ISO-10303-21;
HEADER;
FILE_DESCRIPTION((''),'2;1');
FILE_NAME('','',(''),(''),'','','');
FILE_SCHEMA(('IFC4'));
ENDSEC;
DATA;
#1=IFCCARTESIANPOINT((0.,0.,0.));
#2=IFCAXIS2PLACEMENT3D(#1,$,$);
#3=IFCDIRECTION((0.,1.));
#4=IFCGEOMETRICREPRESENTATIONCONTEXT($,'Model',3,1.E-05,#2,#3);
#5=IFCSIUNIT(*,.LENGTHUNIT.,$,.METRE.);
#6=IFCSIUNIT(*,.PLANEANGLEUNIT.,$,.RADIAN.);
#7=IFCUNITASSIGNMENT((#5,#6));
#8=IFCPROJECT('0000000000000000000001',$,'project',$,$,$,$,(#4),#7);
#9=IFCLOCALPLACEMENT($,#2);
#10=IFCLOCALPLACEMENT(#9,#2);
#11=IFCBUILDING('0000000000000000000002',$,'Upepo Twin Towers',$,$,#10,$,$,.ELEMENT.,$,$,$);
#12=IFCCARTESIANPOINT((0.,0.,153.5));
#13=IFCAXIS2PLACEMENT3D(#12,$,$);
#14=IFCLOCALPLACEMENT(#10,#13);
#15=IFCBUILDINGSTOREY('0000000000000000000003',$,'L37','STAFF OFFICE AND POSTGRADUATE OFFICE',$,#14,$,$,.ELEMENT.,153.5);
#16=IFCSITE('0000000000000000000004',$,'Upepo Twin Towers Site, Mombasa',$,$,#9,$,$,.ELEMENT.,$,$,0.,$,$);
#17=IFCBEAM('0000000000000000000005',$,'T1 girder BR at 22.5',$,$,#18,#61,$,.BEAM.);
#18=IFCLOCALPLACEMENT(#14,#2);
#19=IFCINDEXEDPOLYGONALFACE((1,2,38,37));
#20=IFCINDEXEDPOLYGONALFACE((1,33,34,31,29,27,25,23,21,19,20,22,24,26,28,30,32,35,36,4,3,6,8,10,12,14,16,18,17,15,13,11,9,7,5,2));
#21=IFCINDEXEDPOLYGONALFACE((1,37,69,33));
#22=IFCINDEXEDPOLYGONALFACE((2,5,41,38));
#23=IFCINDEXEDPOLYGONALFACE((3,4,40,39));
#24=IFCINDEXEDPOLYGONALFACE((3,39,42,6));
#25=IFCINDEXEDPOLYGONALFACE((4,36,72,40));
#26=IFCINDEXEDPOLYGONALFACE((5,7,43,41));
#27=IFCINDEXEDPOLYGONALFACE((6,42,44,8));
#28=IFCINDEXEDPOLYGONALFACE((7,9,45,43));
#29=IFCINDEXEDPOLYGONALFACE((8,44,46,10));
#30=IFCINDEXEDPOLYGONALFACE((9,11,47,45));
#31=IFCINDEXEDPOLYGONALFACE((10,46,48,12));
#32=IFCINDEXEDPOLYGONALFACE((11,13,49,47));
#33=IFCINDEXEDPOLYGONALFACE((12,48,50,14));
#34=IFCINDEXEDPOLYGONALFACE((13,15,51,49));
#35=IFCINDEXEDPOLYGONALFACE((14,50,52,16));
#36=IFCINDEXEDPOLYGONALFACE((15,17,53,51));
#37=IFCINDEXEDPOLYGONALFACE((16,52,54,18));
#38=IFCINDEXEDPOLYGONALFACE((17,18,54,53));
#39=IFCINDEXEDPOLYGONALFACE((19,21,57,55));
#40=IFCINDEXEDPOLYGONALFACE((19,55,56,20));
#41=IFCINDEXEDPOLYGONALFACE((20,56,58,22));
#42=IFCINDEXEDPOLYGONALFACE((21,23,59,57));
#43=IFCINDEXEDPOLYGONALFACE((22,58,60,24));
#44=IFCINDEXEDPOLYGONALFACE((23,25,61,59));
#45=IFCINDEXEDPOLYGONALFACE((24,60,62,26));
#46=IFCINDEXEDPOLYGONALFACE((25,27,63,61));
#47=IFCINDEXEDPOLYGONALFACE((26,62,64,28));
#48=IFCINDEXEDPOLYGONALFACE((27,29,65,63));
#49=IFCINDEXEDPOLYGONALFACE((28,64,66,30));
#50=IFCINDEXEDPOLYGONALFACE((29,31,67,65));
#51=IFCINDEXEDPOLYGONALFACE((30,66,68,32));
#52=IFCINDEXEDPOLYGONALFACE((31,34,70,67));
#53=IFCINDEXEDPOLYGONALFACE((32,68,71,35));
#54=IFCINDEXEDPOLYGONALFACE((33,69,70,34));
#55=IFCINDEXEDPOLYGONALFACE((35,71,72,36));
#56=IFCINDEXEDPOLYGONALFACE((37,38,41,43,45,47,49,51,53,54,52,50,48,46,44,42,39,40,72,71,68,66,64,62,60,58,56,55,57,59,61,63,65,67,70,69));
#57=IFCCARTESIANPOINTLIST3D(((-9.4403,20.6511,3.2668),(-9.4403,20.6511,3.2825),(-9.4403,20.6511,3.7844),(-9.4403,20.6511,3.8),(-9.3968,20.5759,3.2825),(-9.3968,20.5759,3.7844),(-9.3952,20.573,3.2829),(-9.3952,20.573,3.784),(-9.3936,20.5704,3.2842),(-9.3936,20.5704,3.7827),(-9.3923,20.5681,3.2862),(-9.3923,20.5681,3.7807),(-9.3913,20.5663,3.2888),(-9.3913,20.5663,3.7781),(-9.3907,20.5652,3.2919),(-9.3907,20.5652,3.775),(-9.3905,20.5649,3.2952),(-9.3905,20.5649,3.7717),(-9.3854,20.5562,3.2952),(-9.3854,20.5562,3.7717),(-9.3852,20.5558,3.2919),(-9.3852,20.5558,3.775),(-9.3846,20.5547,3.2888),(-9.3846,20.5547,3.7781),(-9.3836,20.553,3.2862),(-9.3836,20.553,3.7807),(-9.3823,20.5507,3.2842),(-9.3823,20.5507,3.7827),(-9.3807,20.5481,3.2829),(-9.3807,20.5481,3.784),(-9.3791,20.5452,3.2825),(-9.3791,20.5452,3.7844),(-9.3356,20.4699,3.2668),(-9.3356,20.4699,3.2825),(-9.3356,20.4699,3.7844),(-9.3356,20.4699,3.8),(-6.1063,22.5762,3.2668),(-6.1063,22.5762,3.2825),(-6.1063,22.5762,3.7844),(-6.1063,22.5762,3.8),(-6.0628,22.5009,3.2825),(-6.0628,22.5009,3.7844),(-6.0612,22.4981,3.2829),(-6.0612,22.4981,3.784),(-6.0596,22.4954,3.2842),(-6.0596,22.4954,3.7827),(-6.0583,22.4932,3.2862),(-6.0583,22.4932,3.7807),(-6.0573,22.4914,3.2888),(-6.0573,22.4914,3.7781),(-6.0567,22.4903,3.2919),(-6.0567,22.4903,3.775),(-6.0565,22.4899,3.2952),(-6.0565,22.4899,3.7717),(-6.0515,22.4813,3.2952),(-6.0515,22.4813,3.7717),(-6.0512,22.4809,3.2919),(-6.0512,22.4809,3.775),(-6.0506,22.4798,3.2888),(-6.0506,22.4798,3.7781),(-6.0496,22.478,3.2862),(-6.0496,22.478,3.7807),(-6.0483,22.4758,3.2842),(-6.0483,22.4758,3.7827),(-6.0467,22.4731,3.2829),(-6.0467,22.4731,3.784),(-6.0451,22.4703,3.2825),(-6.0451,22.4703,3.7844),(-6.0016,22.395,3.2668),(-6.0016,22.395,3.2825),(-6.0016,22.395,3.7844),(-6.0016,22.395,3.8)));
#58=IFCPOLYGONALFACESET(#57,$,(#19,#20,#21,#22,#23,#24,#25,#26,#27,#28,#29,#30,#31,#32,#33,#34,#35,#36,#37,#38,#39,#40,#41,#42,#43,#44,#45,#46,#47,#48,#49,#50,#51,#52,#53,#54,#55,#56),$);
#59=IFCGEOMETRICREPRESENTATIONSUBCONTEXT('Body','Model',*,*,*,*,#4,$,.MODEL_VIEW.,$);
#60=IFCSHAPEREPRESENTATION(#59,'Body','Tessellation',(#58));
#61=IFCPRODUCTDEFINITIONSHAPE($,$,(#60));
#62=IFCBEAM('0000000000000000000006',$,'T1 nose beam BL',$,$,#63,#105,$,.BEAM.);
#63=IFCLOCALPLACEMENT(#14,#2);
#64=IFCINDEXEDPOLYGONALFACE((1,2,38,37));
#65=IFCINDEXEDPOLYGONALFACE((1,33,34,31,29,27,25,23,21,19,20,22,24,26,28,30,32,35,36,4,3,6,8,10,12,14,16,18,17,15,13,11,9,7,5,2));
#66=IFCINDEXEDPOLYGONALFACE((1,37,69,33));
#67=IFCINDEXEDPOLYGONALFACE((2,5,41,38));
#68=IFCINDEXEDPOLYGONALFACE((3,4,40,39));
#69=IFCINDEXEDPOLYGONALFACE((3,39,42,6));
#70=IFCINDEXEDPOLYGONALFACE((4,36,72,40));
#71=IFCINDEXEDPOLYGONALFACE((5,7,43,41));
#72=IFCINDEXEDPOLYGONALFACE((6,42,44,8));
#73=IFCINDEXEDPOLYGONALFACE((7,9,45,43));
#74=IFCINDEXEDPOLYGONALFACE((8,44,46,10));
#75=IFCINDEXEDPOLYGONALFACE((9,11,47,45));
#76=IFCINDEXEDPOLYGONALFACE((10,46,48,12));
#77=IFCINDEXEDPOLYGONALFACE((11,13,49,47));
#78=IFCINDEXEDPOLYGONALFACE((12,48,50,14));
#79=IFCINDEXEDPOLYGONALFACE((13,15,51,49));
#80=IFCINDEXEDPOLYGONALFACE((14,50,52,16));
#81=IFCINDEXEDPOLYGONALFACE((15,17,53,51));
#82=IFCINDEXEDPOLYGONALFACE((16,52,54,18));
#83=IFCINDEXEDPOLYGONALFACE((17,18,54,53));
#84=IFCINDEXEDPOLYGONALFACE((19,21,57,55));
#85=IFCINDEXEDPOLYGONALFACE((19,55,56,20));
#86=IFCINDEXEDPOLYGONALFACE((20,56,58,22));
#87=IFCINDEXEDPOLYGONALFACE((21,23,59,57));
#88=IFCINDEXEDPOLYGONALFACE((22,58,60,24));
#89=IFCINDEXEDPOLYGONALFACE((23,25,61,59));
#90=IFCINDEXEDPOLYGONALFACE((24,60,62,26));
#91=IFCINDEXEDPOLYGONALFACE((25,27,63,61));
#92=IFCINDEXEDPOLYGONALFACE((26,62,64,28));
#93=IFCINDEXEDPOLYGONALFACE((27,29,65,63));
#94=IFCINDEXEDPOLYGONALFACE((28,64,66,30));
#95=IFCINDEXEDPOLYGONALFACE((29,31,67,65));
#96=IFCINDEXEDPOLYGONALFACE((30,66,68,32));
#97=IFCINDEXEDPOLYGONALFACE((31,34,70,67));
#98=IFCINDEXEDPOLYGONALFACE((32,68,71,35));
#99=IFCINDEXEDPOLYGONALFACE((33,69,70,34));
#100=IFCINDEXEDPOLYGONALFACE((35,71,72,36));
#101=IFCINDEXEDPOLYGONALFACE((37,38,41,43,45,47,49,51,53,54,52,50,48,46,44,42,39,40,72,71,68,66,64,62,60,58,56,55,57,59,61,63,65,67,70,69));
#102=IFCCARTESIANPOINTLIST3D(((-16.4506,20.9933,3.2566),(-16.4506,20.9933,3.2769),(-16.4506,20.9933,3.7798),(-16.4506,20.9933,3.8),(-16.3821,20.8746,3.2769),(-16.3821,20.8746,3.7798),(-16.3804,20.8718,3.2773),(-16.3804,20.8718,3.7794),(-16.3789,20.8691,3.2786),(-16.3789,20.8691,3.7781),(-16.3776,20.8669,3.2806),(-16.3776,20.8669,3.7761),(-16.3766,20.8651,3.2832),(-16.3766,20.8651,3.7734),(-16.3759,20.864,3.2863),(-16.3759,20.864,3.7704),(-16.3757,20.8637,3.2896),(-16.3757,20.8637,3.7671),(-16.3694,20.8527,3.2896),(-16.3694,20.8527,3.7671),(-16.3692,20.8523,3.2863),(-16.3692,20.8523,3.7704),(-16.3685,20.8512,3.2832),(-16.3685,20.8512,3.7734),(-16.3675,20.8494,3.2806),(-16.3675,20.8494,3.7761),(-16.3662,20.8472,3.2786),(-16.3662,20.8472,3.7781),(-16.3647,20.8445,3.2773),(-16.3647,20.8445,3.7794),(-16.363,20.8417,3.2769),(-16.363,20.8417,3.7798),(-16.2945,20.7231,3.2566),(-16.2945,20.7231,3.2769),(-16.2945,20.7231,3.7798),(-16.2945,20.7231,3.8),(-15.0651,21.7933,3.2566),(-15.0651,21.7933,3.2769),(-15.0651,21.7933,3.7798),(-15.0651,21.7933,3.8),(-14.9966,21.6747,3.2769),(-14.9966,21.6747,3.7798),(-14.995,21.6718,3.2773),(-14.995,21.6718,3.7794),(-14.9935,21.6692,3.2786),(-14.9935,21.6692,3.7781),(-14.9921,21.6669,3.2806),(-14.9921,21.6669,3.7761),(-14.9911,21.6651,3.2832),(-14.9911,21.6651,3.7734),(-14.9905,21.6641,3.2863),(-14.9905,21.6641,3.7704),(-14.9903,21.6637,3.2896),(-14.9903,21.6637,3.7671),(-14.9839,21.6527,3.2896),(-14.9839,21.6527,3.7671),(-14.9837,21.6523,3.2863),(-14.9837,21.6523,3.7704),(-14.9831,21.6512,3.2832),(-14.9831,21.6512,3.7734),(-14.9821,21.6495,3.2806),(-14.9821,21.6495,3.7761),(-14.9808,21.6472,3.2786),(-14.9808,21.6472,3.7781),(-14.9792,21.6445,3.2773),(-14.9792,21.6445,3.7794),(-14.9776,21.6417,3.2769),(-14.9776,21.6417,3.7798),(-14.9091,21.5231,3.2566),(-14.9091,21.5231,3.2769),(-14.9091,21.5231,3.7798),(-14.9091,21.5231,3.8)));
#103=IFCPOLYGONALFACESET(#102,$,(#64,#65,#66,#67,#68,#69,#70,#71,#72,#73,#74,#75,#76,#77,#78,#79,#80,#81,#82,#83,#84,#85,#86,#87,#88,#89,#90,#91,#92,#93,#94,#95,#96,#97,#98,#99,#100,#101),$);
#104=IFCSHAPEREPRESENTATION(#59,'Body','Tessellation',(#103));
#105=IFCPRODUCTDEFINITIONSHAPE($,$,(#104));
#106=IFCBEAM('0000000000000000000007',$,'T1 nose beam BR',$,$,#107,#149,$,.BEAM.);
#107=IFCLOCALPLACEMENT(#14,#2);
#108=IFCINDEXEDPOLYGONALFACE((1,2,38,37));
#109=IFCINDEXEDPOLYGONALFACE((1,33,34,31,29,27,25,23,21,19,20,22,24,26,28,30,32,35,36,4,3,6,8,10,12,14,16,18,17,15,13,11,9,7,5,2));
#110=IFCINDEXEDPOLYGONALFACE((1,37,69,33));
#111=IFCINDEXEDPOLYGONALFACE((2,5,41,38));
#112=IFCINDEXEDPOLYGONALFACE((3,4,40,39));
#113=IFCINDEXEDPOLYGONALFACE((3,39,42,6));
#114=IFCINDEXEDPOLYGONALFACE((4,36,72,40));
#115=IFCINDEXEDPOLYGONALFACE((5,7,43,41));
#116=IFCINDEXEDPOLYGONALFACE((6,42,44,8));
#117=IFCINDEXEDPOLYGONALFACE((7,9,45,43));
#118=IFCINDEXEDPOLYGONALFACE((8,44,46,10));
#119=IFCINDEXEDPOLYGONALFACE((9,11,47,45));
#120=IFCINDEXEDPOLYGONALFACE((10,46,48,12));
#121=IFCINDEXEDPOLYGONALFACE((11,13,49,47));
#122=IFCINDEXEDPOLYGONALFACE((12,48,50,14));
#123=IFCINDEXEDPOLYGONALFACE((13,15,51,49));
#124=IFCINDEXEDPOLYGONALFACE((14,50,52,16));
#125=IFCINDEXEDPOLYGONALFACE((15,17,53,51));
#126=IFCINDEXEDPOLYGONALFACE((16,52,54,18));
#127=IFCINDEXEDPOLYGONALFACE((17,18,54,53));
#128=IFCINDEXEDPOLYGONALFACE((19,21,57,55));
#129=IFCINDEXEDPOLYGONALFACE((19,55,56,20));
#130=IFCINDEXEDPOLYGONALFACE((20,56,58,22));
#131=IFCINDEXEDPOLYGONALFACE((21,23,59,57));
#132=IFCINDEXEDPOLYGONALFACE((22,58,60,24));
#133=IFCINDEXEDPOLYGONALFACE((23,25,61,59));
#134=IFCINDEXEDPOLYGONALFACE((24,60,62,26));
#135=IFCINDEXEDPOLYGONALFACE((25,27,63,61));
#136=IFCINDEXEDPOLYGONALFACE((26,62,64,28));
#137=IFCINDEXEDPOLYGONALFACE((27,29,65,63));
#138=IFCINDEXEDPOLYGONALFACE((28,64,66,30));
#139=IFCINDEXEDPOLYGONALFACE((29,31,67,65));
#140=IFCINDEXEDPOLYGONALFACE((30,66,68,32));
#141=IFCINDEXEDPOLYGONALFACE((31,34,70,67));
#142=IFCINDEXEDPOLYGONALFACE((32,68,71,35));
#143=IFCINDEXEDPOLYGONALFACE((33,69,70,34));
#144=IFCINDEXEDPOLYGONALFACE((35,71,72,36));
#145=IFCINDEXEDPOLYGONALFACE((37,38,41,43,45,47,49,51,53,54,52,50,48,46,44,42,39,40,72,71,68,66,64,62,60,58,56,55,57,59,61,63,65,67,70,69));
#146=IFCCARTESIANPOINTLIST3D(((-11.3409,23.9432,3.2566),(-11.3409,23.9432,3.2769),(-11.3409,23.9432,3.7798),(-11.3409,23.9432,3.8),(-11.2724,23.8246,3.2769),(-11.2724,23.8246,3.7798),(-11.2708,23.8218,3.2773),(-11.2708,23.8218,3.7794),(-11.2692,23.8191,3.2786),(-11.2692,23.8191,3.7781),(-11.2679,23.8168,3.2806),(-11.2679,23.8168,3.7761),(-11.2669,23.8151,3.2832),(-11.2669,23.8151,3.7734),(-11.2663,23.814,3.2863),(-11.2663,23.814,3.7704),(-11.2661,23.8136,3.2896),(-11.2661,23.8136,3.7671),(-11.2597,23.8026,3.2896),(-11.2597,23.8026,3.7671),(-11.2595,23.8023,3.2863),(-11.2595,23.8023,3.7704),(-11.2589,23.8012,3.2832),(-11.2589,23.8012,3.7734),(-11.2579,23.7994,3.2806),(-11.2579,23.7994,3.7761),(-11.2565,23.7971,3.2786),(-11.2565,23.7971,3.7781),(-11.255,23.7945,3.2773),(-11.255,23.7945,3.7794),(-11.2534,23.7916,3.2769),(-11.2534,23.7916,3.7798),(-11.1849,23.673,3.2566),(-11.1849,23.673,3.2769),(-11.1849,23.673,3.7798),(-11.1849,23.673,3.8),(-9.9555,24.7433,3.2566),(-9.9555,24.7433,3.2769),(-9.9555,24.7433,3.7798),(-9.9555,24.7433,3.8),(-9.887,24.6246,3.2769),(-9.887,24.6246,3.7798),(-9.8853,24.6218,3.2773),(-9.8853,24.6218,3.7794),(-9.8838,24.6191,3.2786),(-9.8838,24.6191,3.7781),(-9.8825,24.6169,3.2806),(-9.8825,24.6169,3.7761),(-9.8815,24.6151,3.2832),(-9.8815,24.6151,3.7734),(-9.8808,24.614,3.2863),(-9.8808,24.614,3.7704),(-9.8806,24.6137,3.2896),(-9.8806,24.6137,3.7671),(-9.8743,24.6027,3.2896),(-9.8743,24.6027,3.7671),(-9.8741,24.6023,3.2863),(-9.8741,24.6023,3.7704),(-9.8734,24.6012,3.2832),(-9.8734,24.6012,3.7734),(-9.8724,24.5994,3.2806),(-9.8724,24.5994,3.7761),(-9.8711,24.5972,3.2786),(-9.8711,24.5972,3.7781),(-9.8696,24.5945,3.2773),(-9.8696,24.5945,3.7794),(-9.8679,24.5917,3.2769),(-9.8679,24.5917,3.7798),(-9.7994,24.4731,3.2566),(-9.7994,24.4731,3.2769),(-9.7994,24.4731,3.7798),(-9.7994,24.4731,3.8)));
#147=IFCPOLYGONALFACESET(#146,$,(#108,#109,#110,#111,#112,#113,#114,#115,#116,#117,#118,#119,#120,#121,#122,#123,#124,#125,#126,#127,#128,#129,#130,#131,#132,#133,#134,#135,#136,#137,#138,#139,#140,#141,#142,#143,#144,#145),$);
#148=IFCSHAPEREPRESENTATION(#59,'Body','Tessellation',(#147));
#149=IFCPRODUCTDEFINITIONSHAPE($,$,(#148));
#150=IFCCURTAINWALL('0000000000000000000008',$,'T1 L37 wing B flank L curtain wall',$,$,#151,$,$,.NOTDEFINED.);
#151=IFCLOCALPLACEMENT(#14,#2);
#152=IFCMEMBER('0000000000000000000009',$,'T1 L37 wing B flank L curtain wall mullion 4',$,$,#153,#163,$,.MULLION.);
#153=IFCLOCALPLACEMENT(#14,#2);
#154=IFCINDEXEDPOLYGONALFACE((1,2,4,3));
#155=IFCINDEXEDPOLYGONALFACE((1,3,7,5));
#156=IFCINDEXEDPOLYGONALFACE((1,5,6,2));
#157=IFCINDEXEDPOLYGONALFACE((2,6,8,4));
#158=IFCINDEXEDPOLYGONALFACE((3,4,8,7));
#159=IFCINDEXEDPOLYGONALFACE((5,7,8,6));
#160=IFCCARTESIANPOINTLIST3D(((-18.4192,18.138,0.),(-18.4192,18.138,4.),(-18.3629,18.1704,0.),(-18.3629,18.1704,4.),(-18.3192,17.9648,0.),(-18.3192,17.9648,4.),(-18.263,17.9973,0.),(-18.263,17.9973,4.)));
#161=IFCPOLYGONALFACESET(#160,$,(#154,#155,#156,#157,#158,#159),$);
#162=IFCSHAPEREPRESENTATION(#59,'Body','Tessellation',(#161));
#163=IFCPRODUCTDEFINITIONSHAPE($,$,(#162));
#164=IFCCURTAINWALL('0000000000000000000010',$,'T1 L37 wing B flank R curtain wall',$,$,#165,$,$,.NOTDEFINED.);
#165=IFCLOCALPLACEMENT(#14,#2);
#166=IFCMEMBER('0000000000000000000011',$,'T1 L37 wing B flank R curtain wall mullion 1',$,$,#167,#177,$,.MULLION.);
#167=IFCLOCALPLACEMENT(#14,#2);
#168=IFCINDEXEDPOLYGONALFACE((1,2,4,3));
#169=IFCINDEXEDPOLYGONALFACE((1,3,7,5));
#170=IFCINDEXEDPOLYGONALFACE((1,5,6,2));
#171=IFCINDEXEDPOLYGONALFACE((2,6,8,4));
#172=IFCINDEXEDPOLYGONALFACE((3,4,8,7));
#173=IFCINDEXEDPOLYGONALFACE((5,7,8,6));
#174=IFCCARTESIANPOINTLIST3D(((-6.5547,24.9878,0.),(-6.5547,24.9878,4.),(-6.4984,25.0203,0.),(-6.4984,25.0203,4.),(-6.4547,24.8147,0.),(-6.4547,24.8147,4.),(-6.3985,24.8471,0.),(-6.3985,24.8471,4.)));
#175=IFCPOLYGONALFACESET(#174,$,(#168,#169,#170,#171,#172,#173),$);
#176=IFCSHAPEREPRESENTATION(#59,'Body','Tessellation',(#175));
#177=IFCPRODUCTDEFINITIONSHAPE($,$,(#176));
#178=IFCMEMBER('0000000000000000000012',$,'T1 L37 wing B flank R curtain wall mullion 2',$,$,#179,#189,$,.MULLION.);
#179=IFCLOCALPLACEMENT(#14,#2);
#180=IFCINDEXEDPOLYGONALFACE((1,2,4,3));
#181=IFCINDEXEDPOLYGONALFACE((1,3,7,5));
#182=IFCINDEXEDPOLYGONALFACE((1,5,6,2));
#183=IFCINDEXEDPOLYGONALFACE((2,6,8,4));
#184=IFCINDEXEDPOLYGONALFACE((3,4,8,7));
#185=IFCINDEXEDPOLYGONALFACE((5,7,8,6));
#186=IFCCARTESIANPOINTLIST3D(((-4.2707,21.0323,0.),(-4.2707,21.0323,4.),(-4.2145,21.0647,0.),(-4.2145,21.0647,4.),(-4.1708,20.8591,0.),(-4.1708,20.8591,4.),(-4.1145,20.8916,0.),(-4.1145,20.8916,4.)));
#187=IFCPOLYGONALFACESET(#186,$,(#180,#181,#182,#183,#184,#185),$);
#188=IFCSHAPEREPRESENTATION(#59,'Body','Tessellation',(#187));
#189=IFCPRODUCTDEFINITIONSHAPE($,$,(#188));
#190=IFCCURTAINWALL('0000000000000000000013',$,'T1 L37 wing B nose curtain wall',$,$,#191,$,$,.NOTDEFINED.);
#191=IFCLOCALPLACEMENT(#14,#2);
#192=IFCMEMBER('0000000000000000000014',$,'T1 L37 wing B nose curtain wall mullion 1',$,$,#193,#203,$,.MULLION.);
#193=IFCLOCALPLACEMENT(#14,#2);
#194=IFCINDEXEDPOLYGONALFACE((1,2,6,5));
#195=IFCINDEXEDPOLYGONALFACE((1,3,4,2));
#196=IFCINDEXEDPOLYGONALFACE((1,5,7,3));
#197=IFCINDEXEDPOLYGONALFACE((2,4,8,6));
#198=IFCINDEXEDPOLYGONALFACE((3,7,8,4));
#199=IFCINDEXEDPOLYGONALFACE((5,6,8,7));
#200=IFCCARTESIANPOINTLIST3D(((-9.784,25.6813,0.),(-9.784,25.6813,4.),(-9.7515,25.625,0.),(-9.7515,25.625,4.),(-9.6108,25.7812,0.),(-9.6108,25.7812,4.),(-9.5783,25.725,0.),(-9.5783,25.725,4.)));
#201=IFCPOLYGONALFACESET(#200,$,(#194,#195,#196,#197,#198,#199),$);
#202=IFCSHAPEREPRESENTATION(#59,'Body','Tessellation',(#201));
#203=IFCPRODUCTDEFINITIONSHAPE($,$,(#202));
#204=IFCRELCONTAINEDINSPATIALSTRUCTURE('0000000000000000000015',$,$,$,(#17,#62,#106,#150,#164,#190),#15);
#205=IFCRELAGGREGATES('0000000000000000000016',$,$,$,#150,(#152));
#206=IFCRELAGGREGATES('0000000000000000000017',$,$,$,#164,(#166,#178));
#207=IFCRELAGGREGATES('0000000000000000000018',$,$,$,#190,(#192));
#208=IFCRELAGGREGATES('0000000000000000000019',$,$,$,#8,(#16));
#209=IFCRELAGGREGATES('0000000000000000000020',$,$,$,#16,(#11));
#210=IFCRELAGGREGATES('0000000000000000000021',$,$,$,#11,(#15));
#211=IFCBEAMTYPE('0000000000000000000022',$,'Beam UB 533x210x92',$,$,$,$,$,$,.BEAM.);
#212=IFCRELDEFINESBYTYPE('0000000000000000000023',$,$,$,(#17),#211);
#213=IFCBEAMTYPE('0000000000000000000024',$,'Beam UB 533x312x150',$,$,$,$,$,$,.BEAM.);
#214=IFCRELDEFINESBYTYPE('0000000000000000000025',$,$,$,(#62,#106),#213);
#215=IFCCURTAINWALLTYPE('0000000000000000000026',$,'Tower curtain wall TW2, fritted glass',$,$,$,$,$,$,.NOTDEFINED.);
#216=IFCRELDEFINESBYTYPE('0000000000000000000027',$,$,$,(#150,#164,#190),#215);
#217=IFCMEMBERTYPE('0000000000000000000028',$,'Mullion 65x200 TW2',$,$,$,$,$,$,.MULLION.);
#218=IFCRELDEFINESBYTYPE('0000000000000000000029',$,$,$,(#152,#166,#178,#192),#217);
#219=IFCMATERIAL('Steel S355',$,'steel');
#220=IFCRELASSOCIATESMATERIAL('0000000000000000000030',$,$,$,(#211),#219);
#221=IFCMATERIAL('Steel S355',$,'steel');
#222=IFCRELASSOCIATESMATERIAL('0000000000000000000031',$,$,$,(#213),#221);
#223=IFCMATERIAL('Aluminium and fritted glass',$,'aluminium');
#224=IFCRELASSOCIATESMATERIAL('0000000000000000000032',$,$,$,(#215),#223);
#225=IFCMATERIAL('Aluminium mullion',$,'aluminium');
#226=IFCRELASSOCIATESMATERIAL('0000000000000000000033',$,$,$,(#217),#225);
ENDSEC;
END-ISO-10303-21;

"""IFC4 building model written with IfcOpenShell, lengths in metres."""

from ifc_helpers import new_model, si_unit, direction, frame, origin, origin_2d, place, context, subcontext, project, spatial, rectangle, i_section, extrude, material, material_profile, profile_set, type_object, element, aggregate, save


model = new_model("IFC4")

# Units and contexts
model_context = context("Model", 3, precision=1e-05, world=origin(), true_north=direction((0.0, 1.0)))
body_context = subcontext(model_context, "Body", "Model", "MODEL_VIEW")
ifc_project = project(units=[si_unit("LENGTHUNIT", "METRE"), si_unit("PLANEANGLEUNIT", "RADIAN")], contexts=[model_context])

# Site, building, storey
site_placement = place(None, origin())
site = spatial("IfcSite", under=ifc_project, at=site_placement, Name="Upepo Twin Towers Site, Mombasa", CompositionType="ELEMENT", RefElevation=0.0)
building_placement = place(site_placement, origin())
building = spatial("IfcBuilding", under=site, at=building_placement, Name="Upepo Twin Towers", CompositionType="ELEMENT")
storey_placement = place(building_placement, frame((0.0, 0.0, 153.5)))
storey = spatial("IfcBuildingStorey", under=building, at=storey_placement, Name="L37", Description="STAFF OFFICE AND POSTGRADUATE OFFICE", CompositionType="ELEMENT", Elevation=153.5)

# Beams
ifc_material_1 = material(Name="Steel S355", Category="steel")
ifc_material_profile_1 = material_profile(ifc_material_1, i_section(OverallWidth=0.2092, OverallDepth=0.5332, WebThickness=0.01, FlangeThickness=0.0156, FilletRadius=0.0127, at=origin_2d()), Name="UB 533x210x92")
ifc_profile_set_1 = profile_set([ifc_material_profile_1], Name="Steel S355")
beam_type_1 = type_object("IfcBeamType", Name="Beam UB 533x210x92", PredefinedType="BEAM", material=ifc_profile_set_1)
for number, where, z_axis, x_axis, name in (
    (1, (-6.054, 22.4856, 3.5334), (-0.866006, -0.500034, 0.0), (0.500034, -0.866006, 0.0), "T1 girder BR at 22.5"),
):
    element("IfcBeam", number, at=place(storey_placement, frame(where, z_axis=z_axis, x_axis=x_axis)), inside=storey, type_object=beam_type_1, Name=name, PredefinedType="BEAM", context=body_context, shape_type="SweptSolid", body=[
        extrude(i_section(OverallWidth=0.2092, OverallDepth=0.5332, WebThickness=0.01, FlangeThickness=0.0156, FilletRadius=0.0127, at=origin_2d()), origin(), (0.0, 0.0, 1.0), 3.8499),
    ])
ifc_material_2 = material(Name="Steel S355", Category="steel")
ifc_material_profile_2 = material_profile(ifc_material_2, i_section(OverallWidth=0.312, OverallDepth=0.5435, WebThickness=0.0127, FlangeThickness=0.0203, FilletRadius=0.0127, at=origin_2d()), Name="UB 533x312x150")
ifc_profile_set_2 = profile_set([ifc_material_profile_2], Name="Steel S355")
beam_type_2 = type_object("IfcBeamType", Name="Beam UB 533x312x150", PredefinedType="BEAM", material=ifc_profile_set_2)
for number, where, z_axis, x_axis, name in (
    (2, (-16.3726, 20.8582, 3.5283), (0.86599, 0.500061, 0.0), (-0.500061, 0.86599, 0.0), "T1 nose beam BL"),
    (3, (-9.8774, 24.6082, 3.5283), (-0.86599, -0.500061, 0.0), (0.500061, -0.86599, 0.0), "T1 nose beam BR"),
):
    element("IfcBeam", number, at=place(storey_placement, frame(where, z_axis=z_axis, x_axis=x_axis)), inside=storey, type_object=beam_type_2, Name=name, PredefinedType="BEAM", context=body_context, shape_type="SweptSolid", body=[
        extrude(i_section(OverallWidth=0.312, OverallDepth=0.5435, WebThickness=0.0127, FlangeThickness=0.0203, FilletRadius=0.0127, at=origin_2d()), origin(), (0.0, 0.0, 1.0), 1.5999),
    ])

# Curtain wall, member
ifc_material_3 = material(Name="Aluminium and fritted glass", Category="aluminium")
curtain_wall_type = type_object("IfcCurtainWallType", Name="Tower curtain wall TW2, fritted glass", PredefinedType="NOTDEFINED", material=ifc_material_3)
curtain_wall_1_placement = place(storey_placement, origin())
curtain_wall_1 = element("IfcCurtainWall", 4, at=curtain_wall_1_placement, inside=storey, type_object=curtain_wall_type, Name="T1 L37 wing B flank L curtain wall", PredefinedType="NOTDEFINED")
ifc_material_4 = material(Name="Aluminium mullion", Category="aluminium")
ifc_material_profile_3 = material_profile(ifc_material_4, rectangle(XDim=0.0649, YDim=0.2, at=origin_2d()), Name="MULLION 65x200")
ifc_profile_set_3 = profile_set([ifc_material_profile_3], Name="Aluminium mullion")
member_type_1 = type_object("IfcMemberType", Name="Mullion 65x200 TW2", PredefinedType="MULLION", material=ifc_profile_set_3)
member_1_placement = place(storey_placement, frame((-18.3411, 18.0676, 0.0), z_axis=(0.0, 0.0, 1.0), x_axis=(-0.866025, -0.5, 0.0)))
member_1 = element("IfcMember", 5, at=member_1_placement, type_object=member_type_1, Name="T1 L37 wing B flank L curtain wall mullion 4", PredefinedType="MULLION", context=body_context, shape_type="SweptSolid", body=[
    extrude(rectangle(XDim=0.0649, YDim=0.2, at=origin_2d()), origin(), (0.0, 0.0, 1.0), 4.0),
])
aggregate(curtain_wall_1, [member_1])

# Curtain walls, members
curtain_wall_2_placement = place(storey_placement, origin())
curtain_wall_2 = element("IfcCurtainWall", 6, at=curtain_wall_2_placement, inside=storey, type_object=curtain_wall_type, Name="T1 L37 wing B flank R curtain wall", PredefinedType="NOTDEFINED")
member_2_placement = place(storey_placement, frame((-6.4766, 24.9175, 0.0), z_axis=(0.0, 0.0, 1.0), x_axis=(0.866025, 0.5, 0.0)))
member_2 = element("IfcMember", 7, at=member_2_placement, type_object=member_type_1, Name="T1 L37 wing B flank R curtain wall mullion 1", PredefinedType="MULLION", context=body_context, shape_type="SweptSolid", body=[
    extrude(rectangle(XDim=0.0649, YDim=0.2, at=origin_2d()), origin(), (0.0, 0.0, 1.0), 4.0),
])
member_3_placement = place(storey_placement, frame((-4.1926, 20.9619, 0.0), z_axis=(0.0, 0.0, 1.0), x_axis=(0.866025, 0.5, 0.0)))
member_3 = element("IfcMember", 8, at=member_3_placement, type_object=member_type_1, Name="T1 L37 wing B flank R curtain wall mullion 2", PredefinedType="MULLION", context=body_context, shape_type="SweptSolid", body=[
    extrude(rectangle(XDim=0.0649, YDim=0.2, at=origin_2d()), origin(), (0.0, 0.0, 1.0), 4.0),
])
curtain_wall_3_placement = place(storey_placement, origin())
curtain_wall_3 = element("IfcCurtainWall", 9, at=curtain_wall_3_placement, inside=storey, type_object=curtain_wall_type, Name="T1 L37 wing B nose curtain wall", PredefinedType="NOTDEFINED")
member_4_placement = place(storey_placement, frame((-9.6812, 25.7031, 0.0), z_axis=(0.0, 0.0, 1.0), x_axis=(0.5, -0.866025, 0.0)))
member_4 = element("IfcMember", 10, at=member_4_placement, type_object=member_type_1, Name="T1 L37 wing B nose curtain wall mullion 1", PredefinedType="MULLION", context=body_context, shape_type="SweptSolid", body=[
    extrude(rectangle(XDim=0.0649, YDim=0.2, at=origin_2d()), origin(), (0.0, 0.0, 1.0), 4.0),
])

aggregate(curtain_wall_2, [member_2, member_3])
aggregate(curtain_wall_3, [member_4])

save(model, "model.ifc")
